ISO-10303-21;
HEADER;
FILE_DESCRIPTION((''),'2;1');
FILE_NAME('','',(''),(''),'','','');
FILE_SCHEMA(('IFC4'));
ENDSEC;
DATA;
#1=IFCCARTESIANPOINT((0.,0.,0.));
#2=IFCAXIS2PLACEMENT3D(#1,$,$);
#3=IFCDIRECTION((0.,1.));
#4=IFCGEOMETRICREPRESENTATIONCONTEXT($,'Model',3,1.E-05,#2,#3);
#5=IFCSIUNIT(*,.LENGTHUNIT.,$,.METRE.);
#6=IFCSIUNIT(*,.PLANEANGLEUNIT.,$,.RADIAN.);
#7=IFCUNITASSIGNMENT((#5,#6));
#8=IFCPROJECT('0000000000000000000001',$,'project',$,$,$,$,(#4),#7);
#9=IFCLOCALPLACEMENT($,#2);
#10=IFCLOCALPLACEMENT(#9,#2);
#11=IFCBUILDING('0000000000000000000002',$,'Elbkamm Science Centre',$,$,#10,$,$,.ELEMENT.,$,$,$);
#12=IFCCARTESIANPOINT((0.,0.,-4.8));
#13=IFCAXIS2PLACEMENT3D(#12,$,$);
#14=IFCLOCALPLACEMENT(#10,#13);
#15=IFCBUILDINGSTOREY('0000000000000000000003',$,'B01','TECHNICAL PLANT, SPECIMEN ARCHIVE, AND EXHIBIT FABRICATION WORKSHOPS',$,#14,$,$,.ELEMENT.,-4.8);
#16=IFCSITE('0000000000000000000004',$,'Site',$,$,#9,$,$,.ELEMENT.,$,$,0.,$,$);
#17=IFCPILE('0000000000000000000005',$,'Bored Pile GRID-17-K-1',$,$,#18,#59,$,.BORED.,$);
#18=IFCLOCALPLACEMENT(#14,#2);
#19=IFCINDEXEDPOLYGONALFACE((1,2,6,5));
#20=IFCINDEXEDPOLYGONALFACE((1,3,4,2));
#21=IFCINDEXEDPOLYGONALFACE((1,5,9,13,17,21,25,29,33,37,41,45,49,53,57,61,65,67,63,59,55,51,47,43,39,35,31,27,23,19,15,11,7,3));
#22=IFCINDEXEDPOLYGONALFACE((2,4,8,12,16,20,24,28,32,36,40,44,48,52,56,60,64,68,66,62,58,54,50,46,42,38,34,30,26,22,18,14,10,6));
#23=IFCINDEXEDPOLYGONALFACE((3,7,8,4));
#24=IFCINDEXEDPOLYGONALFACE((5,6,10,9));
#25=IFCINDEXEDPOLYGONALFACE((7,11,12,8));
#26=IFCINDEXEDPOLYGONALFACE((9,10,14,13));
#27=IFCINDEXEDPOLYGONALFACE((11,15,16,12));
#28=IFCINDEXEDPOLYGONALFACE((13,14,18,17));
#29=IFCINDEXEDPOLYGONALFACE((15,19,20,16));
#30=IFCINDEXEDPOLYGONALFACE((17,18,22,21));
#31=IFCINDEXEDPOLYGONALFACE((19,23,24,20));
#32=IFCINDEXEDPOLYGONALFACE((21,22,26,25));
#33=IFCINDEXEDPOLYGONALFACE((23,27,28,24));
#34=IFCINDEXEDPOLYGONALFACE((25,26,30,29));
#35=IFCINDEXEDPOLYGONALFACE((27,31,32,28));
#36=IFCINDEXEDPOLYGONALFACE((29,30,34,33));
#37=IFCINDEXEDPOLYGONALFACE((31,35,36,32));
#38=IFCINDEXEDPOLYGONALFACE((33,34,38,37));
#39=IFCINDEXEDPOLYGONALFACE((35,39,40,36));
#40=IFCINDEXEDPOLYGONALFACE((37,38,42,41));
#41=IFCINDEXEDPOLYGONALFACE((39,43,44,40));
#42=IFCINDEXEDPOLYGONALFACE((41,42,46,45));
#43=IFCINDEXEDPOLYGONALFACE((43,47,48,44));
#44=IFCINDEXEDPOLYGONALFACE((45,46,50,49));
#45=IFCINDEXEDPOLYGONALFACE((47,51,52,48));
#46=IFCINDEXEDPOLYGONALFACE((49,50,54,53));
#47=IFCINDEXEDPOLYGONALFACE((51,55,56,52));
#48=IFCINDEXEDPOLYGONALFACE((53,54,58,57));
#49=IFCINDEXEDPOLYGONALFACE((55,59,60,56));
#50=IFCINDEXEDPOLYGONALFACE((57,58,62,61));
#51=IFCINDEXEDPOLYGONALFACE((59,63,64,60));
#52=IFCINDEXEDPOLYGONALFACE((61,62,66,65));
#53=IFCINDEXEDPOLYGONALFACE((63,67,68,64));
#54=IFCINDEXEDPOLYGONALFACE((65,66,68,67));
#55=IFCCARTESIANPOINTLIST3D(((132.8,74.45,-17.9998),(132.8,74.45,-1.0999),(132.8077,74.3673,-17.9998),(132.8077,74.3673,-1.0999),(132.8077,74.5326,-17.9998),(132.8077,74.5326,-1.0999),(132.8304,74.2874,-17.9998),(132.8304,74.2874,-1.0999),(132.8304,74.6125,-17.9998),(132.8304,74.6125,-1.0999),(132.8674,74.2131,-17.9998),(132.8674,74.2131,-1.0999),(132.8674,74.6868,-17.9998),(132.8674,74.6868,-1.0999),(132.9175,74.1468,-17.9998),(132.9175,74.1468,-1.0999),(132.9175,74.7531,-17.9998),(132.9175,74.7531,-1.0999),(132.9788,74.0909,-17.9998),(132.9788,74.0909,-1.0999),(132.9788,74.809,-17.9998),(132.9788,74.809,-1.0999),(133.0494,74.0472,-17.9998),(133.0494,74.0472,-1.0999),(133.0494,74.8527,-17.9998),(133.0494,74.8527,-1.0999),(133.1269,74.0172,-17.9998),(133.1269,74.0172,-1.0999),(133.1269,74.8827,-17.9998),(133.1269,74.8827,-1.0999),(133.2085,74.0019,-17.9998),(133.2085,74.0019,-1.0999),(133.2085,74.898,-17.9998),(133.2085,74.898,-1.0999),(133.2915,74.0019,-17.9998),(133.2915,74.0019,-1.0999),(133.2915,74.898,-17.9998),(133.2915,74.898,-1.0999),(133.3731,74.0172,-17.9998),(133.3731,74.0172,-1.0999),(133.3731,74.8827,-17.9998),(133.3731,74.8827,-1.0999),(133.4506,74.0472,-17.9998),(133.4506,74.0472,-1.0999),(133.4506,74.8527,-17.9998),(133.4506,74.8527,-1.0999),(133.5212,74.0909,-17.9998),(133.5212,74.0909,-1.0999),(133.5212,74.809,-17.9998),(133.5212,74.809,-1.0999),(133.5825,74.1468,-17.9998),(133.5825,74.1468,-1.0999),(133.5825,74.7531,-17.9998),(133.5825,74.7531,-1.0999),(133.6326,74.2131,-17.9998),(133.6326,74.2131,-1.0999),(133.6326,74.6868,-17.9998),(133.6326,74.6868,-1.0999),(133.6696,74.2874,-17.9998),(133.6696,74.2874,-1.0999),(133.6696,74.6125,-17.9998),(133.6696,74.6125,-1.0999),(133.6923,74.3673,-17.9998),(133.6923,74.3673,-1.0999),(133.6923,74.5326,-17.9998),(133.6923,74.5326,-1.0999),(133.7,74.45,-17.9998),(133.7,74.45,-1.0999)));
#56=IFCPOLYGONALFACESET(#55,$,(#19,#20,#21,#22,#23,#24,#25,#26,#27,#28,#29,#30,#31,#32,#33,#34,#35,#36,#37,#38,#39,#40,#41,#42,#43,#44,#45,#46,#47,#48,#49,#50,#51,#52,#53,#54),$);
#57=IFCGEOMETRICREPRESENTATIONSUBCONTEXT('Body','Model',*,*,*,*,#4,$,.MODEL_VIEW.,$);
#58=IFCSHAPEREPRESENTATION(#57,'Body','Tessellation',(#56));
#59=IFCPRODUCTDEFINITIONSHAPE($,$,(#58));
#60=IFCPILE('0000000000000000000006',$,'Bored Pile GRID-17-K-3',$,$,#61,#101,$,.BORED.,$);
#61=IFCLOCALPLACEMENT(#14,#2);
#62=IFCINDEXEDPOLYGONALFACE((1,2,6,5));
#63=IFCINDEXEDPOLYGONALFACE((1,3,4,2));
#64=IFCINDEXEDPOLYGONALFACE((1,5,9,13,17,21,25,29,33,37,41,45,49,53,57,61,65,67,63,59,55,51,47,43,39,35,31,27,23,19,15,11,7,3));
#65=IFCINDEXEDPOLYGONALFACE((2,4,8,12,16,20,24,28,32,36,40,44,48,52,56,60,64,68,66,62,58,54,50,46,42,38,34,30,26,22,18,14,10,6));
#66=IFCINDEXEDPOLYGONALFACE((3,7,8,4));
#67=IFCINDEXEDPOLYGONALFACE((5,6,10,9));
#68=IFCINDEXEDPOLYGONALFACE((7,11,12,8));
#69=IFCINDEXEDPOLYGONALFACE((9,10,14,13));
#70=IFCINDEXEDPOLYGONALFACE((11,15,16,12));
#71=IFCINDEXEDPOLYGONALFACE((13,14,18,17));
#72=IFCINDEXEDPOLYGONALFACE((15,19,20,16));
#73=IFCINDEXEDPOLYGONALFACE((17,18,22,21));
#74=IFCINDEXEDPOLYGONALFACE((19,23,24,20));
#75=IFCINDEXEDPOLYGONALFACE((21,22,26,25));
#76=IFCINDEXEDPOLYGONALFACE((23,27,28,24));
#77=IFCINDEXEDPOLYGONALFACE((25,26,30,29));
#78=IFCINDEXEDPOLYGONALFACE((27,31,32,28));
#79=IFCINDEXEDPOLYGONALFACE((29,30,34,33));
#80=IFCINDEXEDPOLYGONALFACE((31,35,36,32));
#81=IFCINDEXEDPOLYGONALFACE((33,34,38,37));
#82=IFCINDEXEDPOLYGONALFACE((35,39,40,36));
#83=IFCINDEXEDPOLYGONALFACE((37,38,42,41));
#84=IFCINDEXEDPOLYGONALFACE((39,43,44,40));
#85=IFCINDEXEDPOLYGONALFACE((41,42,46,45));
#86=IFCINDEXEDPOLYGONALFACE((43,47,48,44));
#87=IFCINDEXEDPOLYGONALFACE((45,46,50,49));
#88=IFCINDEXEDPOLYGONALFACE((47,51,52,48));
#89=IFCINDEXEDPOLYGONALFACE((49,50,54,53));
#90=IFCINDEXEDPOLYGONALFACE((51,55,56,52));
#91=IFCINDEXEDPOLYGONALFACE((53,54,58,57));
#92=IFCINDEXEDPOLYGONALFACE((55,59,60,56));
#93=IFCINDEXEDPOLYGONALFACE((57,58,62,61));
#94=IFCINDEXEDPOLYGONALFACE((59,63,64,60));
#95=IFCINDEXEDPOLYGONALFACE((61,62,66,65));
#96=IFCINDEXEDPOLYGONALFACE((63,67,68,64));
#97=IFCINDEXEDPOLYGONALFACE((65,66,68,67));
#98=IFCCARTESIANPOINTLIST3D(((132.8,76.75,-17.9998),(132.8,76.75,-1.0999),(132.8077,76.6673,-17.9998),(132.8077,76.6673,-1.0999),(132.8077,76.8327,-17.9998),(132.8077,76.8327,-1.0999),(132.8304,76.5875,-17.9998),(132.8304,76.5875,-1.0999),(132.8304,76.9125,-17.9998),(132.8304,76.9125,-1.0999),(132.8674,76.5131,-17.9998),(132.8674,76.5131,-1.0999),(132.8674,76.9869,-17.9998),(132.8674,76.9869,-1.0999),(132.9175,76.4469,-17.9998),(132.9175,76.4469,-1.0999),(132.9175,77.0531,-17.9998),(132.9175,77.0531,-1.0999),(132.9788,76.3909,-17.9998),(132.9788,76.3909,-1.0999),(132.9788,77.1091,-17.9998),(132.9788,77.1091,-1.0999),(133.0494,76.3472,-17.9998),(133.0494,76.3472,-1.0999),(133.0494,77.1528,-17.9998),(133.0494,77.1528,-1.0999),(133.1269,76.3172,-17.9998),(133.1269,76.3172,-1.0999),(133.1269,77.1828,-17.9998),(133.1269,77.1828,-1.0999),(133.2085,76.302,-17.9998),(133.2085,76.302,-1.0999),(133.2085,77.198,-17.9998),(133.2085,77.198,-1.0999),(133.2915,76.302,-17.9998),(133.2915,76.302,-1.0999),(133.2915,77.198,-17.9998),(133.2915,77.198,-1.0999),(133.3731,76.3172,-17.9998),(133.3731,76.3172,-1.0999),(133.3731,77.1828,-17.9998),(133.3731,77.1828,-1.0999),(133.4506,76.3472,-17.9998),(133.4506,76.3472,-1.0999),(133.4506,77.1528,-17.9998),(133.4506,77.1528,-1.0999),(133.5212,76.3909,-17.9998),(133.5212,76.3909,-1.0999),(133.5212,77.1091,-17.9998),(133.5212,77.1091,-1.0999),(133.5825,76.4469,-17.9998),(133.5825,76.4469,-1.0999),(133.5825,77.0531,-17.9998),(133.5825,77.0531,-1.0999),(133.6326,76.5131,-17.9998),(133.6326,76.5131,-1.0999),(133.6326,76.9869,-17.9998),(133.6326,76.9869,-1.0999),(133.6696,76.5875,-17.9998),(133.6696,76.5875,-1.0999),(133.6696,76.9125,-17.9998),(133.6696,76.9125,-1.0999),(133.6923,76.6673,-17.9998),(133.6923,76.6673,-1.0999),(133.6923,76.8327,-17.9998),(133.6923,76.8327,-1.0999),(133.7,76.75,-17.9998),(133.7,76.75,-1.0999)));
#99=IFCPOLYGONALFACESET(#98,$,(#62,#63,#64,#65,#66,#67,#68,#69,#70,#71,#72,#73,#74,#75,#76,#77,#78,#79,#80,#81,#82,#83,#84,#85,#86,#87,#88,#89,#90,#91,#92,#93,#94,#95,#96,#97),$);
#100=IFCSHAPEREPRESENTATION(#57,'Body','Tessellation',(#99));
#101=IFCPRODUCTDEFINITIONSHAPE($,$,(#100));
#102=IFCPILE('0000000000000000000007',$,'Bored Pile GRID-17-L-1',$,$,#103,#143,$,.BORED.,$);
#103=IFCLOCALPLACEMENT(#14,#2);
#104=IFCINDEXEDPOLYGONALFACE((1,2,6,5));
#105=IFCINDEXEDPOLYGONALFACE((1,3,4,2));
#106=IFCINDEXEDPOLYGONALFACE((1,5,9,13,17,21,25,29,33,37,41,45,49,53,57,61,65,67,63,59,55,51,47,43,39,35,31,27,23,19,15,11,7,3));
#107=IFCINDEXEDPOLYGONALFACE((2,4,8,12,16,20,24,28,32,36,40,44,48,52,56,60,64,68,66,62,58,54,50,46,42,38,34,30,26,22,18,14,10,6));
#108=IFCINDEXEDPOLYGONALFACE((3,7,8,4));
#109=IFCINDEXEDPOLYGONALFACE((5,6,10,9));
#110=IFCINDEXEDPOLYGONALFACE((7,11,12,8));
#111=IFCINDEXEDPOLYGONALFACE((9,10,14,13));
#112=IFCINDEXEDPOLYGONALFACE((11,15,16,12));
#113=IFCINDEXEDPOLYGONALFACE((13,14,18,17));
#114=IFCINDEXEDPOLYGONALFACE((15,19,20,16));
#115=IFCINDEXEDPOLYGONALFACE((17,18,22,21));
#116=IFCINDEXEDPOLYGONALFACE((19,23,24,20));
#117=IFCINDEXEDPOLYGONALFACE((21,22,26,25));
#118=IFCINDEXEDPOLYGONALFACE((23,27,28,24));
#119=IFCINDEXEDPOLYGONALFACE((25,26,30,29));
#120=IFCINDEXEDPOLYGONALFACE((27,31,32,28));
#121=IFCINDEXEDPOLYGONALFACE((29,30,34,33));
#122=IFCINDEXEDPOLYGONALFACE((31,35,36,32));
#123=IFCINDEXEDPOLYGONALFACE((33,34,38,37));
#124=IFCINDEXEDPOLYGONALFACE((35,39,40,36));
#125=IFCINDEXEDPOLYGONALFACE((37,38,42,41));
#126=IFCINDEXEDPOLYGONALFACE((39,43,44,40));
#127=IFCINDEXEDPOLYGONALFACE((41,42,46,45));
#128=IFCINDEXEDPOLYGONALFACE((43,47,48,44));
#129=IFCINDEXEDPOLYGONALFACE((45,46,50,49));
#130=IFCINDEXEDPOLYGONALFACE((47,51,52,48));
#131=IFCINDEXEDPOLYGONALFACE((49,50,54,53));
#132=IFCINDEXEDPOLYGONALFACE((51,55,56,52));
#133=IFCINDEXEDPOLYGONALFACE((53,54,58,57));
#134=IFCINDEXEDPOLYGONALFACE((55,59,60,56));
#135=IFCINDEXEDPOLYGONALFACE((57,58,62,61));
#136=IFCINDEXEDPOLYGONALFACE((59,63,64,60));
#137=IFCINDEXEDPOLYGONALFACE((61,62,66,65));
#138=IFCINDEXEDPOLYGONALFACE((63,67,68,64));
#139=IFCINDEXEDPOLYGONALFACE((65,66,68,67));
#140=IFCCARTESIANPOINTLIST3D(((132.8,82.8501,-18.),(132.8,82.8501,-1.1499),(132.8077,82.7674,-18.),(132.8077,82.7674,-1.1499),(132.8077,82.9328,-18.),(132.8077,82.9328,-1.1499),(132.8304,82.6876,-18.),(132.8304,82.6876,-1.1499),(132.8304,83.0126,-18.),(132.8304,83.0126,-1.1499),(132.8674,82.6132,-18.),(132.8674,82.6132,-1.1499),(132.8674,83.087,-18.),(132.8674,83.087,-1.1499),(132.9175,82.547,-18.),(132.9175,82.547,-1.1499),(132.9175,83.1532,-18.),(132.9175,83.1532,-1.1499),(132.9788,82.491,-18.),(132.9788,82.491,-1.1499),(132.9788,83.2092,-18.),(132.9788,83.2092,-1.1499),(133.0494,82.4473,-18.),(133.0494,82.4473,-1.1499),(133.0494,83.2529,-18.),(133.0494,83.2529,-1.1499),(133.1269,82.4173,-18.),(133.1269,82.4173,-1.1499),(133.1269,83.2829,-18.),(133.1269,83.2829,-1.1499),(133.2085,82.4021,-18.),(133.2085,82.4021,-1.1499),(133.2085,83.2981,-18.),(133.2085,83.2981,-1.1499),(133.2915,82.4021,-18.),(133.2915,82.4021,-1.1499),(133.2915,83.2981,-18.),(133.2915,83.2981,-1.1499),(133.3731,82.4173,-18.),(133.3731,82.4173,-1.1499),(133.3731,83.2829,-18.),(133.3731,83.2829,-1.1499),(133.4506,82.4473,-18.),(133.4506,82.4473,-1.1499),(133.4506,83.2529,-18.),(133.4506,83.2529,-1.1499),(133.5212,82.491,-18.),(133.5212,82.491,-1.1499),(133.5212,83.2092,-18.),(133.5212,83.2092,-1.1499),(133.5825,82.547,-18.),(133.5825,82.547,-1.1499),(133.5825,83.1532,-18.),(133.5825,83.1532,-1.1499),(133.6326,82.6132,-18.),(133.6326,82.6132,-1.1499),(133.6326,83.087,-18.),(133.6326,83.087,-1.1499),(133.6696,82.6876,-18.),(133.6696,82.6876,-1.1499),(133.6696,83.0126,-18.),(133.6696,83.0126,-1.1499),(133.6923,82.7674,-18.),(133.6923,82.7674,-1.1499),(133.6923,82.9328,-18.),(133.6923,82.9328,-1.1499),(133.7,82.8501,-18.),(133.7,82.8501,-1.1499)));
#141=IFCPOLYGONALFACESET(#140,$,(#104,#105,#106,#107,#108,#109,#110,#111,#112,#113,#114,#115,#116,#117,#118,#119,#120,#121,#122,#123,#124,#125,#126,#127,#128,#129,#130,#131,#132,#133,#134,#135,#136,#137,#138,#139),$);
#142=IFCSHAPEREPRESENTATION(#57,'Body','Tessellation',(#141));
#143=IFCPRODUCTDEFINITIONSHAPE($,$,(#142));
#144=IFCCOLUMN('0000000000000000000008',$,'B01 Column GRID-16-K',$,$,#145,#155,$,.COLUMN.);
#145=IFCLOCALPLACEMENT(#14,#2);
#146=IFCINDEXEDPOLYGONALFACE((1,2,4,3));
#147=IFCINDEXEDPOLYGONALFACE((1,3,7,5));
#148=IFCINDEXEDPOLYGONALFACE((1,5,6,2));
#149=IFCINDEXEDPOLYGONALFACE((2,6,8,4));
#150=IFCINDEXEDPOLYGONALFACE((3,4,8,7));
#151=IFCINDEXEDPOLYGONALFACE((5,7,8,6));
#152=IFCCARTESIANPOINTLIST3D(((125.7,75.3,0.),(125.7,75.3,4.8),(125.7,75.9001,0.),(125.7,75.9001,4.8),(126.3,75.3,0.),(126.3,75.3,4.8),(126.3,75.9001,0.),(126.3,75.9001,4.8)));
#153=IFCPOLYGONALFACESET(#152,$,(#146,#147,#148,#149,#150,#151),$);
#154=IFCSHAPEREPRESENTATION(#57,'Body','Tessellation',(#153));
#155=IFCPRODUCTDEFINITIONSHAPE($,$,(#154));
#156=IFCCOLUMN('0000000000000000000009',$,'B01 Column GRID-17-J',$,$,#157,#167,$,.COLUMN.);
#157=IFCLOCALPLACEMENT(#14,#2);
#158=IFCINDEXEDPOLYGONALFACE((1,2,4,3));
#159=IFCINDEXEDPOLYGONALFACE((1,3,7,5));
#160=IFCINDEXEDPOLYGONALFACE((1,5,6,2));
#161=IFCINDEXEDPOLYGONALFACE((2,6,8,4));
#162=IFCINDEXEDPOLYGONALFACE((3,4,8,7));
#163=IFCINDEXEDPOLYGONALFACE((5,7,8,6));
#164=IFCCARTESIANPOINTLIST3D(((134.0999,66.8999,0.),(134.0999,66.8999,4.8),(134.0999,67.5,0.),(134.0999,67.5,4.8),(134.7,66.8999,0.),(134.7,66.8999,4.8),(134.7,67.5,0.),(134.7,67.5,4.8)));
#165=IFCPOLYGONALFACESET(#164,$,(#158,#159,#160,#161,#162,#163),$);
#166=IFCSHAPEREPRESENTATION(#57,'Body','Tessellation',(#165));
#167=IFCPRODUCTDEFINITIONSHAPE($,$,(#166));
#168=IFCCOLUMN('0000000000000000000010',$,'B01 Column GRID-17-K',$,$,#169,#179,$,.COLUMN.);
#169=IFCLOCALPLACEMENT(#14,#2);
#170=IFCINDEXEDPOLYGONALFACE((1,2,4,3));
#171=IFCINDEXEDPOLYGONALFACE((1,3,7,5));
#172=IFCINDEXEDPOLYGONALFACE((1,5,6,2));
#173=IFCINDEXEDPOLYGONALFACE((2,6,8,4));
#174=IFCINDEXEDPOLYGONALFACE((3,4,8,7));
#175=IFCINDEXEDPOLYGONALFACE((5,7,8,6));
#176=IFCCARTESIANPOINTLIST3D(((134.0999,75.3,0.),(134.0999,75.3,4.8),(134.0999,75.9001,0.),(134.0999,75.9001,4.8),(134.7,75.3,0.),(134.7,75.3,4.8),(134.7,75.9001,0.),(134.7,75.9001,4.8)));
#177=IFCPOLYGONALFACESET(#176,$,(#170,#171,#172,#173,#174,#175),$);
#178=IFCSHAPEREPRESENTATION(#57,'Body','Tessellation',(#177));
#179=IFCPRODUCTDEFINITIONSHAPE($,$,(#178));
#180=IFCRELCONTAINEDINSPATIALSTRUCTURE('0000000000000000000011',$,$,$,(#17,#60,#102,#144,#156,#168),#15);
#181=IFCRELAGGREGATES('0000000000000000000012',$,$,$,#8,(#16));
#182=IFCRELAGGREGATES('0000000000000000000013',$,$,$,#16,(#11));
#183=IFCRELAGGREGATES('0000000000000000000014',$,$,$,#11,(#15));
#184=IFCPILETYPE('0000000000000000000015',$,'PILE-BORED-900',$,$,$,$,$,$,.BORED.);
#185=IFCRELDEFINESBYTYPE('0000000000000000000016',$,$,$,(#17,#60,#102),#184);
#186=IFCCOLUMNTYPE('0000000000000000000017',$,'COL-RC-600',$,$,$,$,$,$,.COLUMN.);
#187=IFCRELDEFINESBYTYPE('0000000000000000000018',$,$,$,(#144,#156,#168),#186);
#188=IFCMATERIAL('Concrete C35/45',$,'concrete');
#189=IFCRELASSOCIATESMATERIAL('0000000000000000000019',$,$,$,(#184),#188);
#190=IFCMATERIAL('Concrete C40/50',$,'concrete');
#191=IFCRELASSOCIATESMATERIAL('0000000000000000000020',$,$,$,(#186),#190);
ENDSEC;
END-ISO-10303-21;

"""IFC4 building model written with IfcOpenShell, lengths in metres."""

from ifc_helpers import new_model, si_unit, direction, frame, origin, origin_2d, place, context, subcontext, project, spatial, rectangle, circle, extrude, material, material_profile, profile_set, type_object, element, save


model = new_model("IFC4")

# Units and contexts
model_context = context("Model", 3, precision=1e-05, world=origin(), true_north=direction((0.0, 1.0)))
body_context = subcontext(model_context, "Body", "Model", "MODEL_VIEW")
ifc_project = project(units=[si_unit("LENGTHUNIT", "METRE"), si_unit("PLANEANGLEUNIT", "RADIAN")], contexts=[model_context])

# Site, building, storey
site_placement = place(None, origin())
site = spatial("IfcSite", under=ifc_project, at=site_placement, Name="Site", CompositionType="ELEMENT", RefElevation=0.0)
building_placement = place(site_placement, origin())
building = spatial("IfcBuilding", under=site, at=building_placement, Name="Elbkamm Science Centre", CompositionType="ELEMENT")
storey_placement = place(building_placement, frame((0.0, 0.0, -4.8)))
storey = spatial("IfcBuildingStorey", under=building, at=storey_placement, Name="B01", Description="TECHNICAL PLANT, SPECIMEN ARCHIVE, AND EXHIBIT FABRICATION WORKSHOPS", CompositionType="ELEMENT", Elevation=-4.8)

# Shared definitions
ifc_material_1 = material(Name="Concrete C35/45", Category="concrete")

# Piles
ifc_material_profile_1 = material_profile(ifc_material_1, circle(Radius=0.45, at=origin_2d()), Name="PILE D900")
ifc_profile_set_1 = profile_set([ifc_material_profile_1], Name="Concrete C35/45")
pile_type_1 = type_object("IfcPileType", Name="PILE-BORED-900", PredefinedType="BORED", material=ifc_profile_set_1)
for number, where, z_axis, x_axis, name in (
    (1, (133.25, 74.45, -1.0999), (0.0, 0.0, -1.0), (1.0, 0.0, 0.0), "Bored Pile GRID-17-K-1"),
    (2, (133.25, 76.75, -1.0999), (0.0, 0.0, -1.0), (1.0, 0.0, 0.0), "Bored Pile GRID-17-K-3"),
):
    element("IfcPile", number, at=place(storey_placement, frame(where, z_axis=z_axis, x_axis=x_axis)), inside=storey, type_object=pile_type_1, Name=name, PredefinedType="BORED", context=body_context, shape_type="SweptSolid", body=[
        extrude(circle(Radius=0.45, at=origin_2d()), origin(), (0.0, 0.0, 1.0), 16.8999),
    ])
pile_placement = place(storey_placement, frame((133.25, 82.8501, -1.1499), z_axis=(0.0, 0.0, -1.0), x_axis=(1.0, 0.0, 0.0)))
element("IfcPile", 3, at=pile_placement, inside=storey, type_object=pile_type_1, Name="Bored Pile GRID-17-L-1", PredefinedType="BORED", context=body_context, shape_type="SweptSolid", body=[
    extrude(circle(Radius=0.45, at=origin_2d()), origin(), (0.0, 0.0, 1.0), 16.8501),
])

# Columns
ifc_material_2 = material(Name="Concrete C40/50", Category="concrete")
ifc_material_profile_2 = material_profile(ifc_material_2, rectangle(XDim=0.6001, YDim=0.6001, at=origin_2d()), Name="RC 600x600")
ifc_profile_set_2 = profile_set([ifc_material_profile_2], Name="Concrete C40/50")
column_type = type_object("IfcColumnType", Name="COL-RC-600", PredefinedType="COLUMN", material=ifc_profile_set_2)
for number, where, z_axis, x_axis, name in (
    (4, (126.0, 75.6001, 0.0), (0.0, 0.0, 1.0), (1.0, 0.0, 0.0), "B01 Column GRID-16-K"),
    (5, (134.3999, 67.2, 0.0), (0.0, 0.0, 1.0), (1.0, 0.0, 0.0), "B01 Column GRID-17-J"),
    (6, (134.3999, 75.6001, 0.0), (0.0, 0.0, 1.0), (1.0, 0.0, 0.0), "B01 Column GRID-17-K"),
):
    element("IfcColumn", number, at=place(storey_placement, frame(where, z_axis=z_axis, x_axis=x_axis)), inside=storey, type_object=column_type, Name=name, PredefinedType="COLUMN", context=body_context, shape_type="SweptSolid", body=[
        extrude(rectangle(XDim=0.6001, YDim=0.6001, at=origin_2d()), origin(), (0.0, 0.0, 1.0), 4.8),
    ])

save(model, "model.ifc")
